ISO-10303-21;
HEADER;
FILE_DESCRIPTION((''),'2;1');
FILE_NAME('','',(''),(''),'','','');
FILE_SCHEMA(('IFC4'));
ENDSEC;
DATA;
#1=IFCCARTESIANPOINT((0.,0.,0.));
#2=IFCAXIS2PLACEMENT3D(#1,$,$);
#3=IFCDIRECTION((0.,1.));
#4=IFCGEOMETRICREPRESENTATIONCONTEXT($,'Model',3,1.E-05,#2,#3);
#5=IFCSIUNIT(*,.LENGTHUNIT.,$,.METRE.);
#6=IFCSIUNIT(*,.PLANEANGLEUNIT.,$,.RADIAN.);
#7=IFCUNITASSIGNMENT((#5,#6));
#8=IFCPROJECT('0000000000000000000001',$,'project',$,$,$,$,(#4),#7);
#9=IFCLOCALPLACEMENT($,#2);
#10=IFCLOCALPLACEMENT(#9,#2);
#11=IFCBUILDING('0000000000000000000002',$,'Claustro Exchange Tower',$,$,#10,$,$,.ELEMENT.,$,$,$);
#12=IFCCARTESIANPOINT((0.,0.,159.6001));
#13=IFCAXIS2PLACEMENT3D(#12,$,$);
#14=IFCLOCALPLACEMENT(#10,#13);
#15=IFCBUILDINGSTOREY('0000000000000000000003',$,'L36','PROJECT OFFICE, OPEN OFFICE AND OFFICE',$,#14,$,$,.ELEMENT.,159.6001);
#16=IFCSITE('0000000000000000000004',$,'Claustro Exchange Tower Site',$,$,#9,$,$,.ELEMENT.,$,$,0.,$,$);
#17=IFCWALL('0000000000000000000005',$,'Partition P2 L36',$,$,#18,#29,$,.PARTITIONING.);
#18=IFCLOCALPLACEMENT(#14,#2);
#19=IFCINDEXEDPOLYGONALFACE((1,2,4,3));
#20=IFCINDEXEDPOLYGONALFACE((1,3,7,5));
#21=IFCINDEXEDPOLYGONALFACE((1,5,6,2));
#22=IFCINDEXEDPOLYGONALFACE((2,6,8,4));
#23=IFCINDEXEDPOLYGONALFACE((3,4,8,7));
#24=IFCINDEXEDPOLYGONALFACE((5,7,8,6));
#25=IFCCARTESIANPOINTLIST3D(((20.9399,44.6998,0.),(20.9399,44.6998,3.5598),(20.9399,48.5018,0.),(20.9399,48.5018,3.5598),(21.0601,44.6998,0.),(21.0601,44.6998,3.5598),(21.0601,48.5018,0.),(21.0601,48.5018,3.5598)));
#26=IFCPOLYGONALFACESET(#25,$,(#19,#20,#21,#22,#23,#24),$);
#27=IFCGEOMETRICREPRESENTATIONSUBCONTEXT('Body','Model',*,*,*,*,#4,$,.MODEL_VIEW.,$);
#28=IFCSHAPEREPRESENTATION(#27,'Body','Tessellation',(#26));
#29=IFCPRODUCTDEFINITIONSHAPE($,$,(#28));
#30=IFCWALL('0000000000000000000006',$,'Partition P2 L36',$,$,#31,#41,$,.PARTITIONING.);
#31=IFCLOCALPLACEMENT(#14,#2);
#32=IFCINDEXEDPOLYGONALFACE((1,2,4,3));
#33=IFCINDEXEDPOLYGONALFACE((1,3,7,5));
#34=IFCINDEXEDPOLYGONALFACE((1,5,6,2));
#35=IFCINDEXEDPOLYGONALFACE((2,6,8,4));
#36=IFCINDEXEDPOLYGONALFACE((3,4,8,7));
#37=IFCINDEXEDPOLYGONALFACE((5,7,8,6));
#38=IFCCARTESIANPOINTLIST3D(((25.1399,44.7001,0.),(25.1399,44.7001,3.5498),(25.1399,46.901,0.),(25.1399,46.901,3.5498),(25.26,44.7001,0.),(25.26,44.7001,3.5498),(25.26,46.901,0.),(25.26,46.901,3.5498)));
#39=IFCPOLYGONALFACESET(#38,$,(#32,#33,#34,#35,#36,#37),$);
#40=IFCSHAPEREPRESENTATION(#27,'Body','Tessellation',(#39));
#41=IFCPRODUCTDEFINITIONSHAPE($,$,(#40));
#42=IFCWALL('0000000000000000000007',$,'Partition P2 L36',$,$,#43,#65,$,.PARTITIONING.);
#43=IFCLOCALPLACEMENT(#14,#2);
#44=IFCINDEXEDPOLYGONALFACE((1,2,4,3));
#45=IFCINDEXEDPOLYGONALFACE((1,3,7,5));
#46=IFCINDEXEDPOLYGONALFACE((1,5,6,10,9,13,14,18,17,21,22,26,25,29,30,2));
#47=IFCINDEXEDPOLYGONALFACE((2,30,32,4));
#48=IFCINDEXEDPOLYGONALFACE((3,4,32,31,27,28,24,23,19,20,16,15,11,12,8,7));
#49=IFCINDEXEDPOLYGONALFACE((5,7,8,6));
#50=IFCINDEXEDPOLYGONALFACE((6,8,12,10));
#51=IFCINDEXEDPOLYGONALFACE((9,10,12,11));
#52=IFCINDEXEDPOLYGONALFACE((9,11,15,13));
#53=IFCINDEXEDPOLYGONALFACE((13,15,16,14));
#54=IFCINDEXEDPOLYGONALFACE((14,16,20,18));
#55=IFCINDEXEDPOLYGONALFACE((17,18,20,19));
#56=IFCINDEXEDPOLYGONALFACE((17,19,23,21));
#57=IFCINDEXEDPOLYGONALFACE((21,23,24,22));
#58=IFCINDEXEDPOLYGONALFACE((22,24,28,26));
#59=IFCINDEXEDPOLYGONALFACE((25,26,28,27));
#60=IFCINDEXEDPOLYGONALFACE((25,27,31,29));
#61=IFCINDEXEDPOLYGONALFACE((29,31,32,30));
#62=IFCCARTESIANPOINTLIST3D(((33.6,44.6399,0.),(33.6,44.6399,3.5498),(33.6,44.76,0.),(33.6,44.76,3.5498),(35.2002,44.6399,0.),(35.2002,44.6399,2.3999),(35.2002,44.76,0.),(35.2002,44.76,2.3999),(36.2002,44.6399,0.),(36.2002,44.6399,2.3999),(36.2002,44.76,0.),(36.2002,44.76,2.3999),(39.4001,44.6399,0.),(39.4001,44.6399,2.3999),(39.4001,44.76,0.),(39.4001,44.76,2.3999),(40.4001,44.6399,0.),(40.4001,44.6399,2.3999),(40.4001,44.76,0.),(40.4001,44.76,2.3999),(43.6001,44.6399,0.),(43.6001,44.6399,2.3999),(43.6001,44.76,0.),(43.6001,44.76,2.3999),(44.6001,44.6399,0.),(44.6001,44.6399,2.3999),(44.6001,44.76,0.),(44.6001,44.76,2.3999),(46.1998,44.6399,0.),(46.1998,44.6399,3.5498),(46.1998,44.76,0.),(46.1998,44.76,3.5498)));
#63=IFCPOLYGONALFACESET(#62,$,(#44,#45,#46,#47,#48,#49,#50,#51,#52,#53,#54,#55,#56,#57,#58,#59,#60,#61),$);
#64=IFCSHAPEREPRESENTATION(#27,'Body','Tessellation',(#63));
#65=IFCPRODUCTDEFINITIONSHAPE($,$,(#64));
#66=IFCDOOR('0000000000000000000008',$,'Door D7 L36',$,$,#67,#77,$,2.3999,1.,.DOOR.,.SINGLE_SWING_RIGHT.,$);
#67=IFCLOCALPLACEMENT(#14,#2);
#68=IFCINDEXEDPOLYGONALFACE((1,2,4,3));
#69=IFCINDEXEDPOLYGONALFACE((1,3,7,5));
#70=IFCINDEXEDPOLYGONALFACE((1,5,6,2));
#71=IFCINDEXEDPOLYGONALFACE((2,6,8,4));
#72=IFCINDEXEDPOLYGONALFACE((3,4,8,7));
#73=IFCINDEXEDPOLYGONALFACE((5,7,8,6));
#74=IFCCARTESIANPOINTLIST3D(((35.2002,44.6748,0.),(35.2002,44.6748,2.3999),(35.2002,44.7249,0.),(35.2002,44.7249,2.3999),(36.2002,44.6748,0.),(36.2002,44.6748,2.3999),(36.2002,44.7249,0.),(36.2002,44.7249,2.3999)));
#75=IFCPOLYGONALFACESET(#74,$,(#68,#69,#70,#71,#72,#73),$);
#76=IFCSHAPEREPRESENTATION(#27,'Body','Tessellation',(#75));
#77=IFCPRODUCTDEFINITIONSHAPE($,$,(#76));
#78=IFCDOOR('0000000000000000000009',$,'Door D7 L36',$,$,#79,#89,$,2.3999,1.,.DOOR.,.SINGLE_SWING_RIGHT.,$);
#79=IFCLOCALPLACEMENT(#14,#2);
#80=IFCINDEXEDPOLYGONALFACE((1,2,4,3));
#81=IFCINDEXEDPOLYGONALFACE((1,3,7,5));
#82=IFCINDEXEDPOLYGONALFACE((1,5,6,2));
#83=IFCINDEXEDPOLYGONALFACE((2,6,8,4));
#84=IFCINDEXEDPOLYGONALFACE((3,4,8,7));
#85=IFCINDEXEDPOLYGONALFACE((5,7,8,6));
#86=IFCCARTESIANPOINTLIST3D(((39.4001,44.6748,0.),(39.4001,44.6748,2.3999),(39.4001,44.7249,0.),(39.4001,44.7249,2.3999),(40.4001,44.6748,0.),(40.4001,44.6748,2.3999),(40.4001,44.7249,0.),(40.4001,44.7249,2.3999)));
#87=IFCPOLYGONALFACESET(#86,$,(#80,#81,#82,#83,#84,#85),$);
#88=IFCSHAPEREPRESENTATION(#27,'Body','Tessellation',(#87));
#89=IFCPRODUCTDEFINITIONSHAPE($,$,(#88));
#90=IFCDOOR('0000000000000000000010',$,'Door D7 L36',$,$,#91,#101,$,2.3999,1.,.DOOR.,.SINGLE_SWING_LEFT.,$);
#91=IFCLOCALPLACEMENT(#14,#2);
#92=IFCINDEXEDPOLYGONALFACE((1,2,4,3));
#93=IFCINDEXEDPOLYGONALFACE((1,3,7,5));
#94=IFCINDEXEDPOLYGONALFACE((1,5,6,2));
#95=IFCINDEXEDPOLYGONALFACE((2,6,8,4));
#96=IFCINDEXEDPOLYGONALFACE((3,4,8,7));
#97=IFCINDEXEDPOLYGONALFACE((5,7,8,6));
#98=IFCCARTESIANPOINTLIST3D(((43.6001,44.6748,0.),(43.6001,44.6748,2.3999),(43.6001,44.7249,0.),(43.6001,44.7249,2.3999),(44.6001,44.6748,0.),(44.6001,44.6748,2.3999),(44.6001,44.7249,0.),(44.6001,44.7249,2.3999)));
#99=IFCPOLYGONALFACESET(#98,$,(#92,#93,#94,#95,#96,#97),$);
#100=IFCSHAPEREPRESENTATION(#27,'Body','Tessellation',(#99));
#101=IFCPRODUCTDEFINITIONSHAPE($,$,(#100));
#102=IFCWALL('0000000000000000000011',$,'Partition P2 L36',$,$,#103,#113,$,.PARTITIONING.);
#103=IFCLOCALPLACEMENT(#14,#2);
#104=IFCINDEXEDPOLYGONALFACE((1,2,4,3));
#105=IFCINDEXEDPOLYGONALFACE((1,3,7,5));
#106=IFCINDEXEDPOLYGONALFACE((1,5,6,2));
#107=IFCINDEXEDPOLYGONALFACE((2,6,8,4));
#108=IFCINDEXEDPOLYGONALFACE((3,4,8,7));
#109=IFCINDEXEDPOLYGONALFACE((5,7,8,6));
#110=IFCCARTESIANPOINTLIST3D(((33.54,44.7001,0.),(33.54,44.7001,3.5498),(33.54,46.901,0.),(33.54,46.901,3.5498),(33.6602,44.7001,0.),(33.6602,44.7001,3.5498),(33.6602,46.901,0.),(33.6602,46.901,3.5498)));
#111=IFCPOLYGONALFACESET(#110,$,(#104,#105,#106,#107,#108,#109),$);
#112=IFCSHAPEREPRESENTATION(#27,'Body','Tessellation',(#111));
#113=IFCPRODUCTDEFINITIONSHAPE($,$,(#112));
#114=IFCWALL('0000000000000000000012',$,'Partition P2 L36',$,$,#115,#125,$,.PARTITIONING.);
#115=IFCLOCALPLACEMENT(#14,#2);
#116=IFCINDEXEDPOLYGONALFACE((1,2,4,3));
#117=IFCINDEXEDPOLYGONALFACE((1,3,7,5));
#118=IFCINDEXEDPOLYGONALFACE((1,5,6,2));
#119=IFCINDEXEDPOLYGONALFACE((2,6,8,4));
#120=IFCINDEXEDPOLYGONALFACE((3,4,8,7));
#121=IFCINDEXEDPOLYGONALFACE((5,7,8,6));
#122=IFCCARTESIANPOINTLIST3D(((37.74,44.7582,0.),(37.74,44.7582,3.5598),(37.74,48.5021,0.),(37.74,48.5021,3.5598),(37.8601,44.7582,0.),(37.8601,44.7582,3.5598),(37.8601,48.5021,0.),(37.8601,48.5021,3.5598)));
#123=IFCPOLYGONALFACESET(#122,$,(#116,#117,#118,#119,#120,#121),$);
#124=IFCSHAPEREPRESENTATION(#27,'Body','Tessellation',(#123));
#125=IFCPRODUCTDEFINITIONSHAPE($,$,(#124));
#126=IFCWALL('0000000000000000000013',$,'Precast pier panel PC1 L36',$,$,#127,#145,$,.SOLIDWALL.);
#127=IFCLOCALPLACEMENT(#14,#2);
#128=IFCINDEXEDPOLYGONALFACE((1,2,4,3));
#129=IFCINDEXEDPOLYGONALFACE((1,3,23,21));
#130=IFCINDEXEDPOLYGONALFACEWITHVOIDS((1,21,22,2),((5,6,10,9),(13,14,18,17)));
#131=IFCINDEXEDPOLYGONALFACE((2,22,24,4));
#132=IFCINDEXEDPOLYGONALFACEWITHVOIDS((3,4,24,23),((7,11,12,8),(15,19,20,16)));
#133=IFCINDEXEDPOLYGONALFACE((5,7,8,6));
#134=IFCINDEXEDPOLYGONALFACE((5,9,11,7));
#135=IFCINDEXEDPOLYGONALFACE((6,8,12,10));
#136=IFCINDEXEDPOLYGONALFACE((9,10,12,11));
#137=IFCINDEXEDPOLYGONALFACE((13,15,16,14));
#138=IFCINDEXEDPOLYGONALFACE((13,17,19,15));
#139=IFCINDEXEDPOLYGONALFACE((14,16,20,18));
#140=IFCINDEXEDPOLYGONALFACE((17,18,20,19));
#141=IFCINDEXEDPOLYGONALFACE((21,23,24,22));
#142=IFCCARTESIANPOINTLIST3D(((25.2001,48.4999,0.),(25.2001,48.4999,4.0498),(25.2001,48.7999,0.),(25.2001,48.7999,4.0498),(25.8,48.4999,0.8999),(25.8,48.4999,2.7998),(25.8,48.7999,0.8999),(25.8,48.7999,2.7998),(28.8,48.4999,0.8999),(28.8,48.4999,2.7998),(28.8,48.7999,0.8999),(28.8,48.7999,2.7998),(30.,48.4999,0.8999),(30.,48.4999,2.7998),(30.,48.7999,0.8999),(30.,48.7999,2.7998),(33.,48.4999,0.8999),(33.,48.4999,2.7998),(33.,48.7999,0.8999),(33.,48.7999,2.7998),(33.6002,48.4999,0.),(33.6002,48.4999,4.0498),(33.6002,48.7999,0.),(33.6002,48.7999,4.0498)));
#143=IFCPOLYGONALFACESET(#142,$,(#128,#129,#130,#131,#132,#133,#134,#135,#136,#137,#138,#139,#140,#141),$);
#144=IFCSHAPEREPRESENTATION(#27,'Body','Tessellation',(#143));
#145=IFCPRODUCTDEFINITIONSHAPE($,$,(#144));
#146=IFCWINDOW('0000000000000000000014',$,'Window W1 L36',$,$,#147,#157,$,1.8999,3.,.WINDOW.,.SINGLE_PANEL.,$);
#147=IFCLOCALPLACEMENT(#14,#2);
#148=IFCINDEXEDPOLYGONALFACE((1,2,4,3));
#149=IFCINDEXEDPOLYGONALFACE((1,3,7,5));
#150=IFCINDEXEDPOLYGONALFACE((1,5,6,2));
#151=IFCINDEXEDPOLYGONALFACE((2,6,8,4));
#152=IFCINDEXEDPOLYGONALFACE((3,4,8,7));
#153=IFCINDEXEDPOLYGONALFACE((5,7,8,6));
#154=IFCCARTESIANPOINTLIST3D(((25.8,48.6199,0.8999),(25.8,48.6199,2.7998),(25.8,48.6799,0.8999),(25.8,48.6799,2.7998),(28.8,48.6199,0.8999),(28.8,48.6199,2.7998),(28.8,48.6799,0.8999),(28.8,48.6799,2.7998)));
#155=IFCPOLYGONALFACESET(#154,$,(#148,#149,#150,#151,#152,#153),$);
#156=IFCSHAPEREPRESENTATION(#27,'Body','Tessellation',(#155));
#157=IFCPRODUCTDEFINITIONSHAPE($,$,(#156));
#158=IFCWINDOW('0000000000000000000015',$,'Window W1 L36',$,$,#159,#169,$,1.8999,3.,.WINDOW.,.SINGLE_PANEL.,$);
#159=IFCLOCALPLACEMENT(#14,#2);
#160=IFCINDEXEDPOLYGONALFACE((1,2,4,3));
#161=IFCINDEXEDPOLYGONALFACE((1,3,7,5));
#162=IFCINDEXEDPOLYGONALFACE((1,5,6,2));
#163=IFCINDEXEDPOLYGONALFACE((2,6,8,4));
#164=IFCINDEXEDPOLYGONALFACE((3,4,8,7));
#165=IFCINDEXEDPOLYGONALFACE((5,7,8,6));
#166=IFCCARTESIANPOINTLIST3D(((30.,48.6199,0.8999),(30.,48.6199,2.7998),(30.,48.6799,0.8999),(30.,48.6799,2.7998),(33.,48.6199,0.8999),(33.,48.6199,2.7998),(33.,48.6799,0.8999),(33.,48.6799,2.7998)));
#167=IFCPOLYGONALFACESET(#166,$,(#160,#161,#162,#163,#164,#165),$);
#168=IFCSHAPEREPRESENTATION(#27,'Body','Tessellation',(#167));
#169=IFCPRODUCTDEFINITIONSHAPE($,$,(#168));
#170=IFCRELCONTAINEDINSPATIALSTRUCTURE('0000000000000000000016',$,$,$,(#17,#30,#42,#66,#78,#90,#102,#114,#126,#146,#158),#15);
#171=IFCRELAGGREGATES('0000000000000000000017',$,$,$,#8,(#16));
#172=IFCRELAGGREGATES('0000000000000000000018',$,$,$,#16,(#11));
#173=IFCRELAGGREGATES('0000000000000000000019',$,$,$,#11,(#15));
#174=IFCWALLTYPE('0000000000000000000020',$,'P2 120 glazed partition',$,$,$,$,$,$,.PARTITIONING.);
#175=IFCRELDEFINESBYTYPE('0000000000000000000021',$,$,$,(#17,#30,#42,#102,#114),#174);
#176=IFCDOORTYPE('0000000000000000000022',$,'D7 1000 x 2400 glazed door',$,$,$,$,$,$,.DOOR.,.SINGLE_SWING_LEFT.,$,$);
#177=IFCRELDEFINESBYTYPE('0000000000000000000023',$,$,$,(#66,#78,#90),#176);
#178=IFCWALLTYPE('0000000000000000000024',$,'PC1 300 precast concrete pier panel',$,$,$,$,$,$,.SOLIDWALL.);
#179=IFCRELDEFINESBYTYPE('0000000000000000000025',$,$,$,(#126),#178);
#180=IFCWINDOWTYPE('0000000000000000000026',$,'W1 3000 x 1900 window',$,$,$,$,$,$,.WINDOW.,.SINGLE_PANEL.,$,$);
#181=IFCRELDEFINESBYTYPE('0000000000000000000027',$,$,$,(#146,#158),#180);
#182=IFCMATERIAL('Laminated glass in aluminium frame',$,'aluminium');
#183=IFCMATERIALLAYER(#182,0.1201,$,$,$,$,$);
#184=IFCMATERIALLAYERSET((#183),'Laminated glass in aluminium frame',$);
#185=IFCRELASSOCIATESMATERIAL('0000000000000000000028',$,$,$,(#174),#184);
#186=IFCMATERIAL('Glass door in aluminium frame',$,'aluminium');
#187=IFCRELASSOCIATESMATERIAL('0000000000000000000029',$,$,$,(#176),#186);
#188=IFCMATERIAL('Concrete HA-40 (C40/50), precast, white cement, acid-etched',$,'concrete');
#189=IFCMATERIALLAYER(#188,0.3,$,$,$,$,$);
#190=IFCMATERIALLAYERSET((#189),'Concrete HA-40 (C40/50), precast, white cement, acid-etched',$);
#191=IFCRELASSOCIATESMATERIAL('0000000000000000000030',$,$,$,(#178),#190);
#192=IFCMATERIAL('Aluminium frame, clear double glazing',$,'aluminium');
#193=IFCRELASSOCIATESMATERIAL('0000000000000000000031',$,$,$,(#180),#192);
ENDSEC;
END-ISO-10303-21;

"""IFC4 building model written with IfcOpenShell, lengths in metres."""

from ifc_helpers import new_model, si_unit, direction, frame, frame_2d, origin, place, context, subcontext, project, spatial, rectangle, extrude, material, layer, layer_set, type_object, element, fill, save


model = new_model("IFC4")

# Units and contexts
model_context = context("Model", 3, precision=1e-05, world=origin(), true_north=direction((0.0, 1.0)))
body_context = subcontext(model_context, "Body", "Model", "MODEL_VIEW")
ifc_project = project(units=[si_unit("LENGTHUNIT", "METRE"), si_unit("PLANEANGLEUNIT", "RADIAN")], contexts=[model_context])

# Site, building, storey
site_placement = place(None, origin())
site = spatial("IfcSite", under=ifc_project, at=site_placement, Name="Claustro Exchange Tower Site", CompositionType="ELEMENT", RefElevation=0.0)
building_placement = place(site_placement, origin())
building = spatial("IfcBuilding", under=site, at=building_placement, Name="Claustro Exchange Tower", CompositionType="ELEMENT")
storey_placement = place(building_placement, frame((0.0, 0.0, 159.6001)))
storey = spatial("IfcBuildingStorey", under=building, at=storey_placement, Name="L36", Description="PROJECT OFFICE, OPEN OFFICE AND OFFICE", CompositionType="ELEMENT", Elevation=159.6001)

# Shared definitions
ifc_material_1 = material(Name="Laminated glass in aluminium frame", Category="aluminium")
ifc_layer_1 = layer(ifc_material_1, 0.1201)
ifc_layer_set_1 = layer_set([ifc_layer_1], Name="Laminated glass in aluminium frame")
wall_type_1 = type_object("IfcWallType", Name="P2 120 glazed partition", PredefinedType="PARTITIONING", material=ifc_layer_set_1)
ifc_material_2 = material(Name="Glass door in aluminium frame", Category="aluminium")
door_type = type_object("IfcDoorType", Name="D7 1000 x 2400 glazed door", OperationType="SINGLE_SWING_LEFT", PredefinedType="DOOR", material=ifc_material_2)

# Walls
wall_1_placement = place(storey_placement, frame((21.0, 44.7, 0.0), z_axis=(0.0, 0.0, 1.0), x_axis=(0.0, 1.0, 0.0)))
element("IfcWall", 1, at=wall_1_placement, inside=storey, type_object=wall_type_1, Name="Partition P2 L36", PredefinedType="PARTITIONING", context=body_context, shape_type="SweptSolid", body=[
    extrude(rectangle(XDim=3.802, YDim=0.1201, at=frame_2d((1.9009, 0.0))), origin(), (0.0, 0.0, 1.0), 3.5598),
])
wall_2_placement = place(storey_placement, frame((25.2, 44.7, 0.0), z_axis=(0.0, 0.0, 1.0), x_axis=(0.0, 1.0, 0.0)))
element("IfcWall", 2, at=wall_2_placement, inside=storey, type_object=wall_type_1, Name="Partition P2 L36", PredefinedType="PARTITIONING", context=body_context, shape_type="SweptSolid", body=[
    extrude(rectangle(XDim=2.2009, YDim=0.1201, at=frame_2d((1.1006, 0.0))), origin(), (0.0, 0.0, 1.0), 3.5498),
])

# Wall, openings, doors
wall_3_placement = place(storey_placement, frame((33.6001, 44.7, 0.0), z_axis=(0.0, 0.0, 1.0), x_axis=(1.0, 0.0, 0.0)))
wall_3 = element("IfcWall", 3, at=wall_3_placement, inside=storey, type_object=wall_type_1, Name="Partition P2 L36", PredefinedType="PARTITIONING", context=body_context, shape_type="SweptSolid", body=[
    extrude(rectangle(XDim=12.5999, YDim=0.1201, at=frame_2d((6.2998, 0.0))), origin(), (0.0, 0.0, 1.0), 3.5498),
])
opening_1_placement = place(wall_3_placement, frame((1.6001, 0.0, 0.0)))
opening_1 = element("IfcOpeningElement", 4, at=opening_1_placement, cuts=wall_3, PredefinedType="OPENING", context=body_context, shape_type="SweptSolid", body=[
    extrude(rectangle(XDim=1.0, YDim=2.3999, at=frame_2d((0.5, 1.2))), frame((0.0, 0.0701, 0.0), z_axis=(0.0, -1.0, 0.0), x_axis=(1.0, 0.0, 0.0)), (0.0, 0.0, 1.0), 0.1401),
])
opening_2_placement = place(wall_3_placement, frame((5.8, 0.0, 0.0)))
opening_2 = element("IfcOpeningElement", 5, at=opening_2_placement, cuts=wall_3, PredefinedType="OPENING", context=body_context, shape_type="SweptSolid", body=[
    extrude(rectangle(XDim=1.0, YDim=2.3999, at=frame_2d((0.5, 1.2))), frame((0.0, 0.0701, 0.0), z_axis=(0.0, -1.0, 0.0), x_axis=(1.0, 0.0, 0.0)), (0.0, 0.0, 1.0), 0.1401),
])
opening_3_placement = place(wall_3_placement, frame((10.0, 0.0, 0.0)))
opening_3 = element("IfcOpeningElement", 6, at=opening_3_placement, cuts=wall_3, PredefinedType="OPENING", context=body_context, shape_type="SweptSolid", body=[
    extrude(rectangle(XDim=1.0, YDim=2.3999, at=frame_2d((0.5, 1.2))), frame((0.0, 0.0701, 0.0), z_axis=(0.0, -1.0, 0.0), x_axis=(1.0, 0.0, 0.0)), (0.0, 0.0, 1.0), 0.1401),
])
door_1_placement = place(opening_1_placement, origin())
door_1 = element("IfcDoor", 7, at=door_1_placement, inside=storey, type_object=door_type, Name="Door D7 L36", OperationType="SINGLE_SWING_RIGHT", OverallHeight=2.3999, OverallWidth=1.0, PredefinedType="DOOR", context=body_context, shape_type="SweptSolid", body=[
    extrude(rectangle(XDim=1.0, YDim=2.3999, at=frame_2d((0.5, 1.2))), frame((0.0, 0.0249, 0.0), z_axis=(0.0, -1.0, 0.0), x_axis=(1.0, 0.0, 0.0)), (0.0, 0.0, 1.0), 0.05),
])
fill(opening_1, door_1)
door_2_placement = place(opening_2_placement, origin())
door_2 = element("IfcDoor", 8, at=door_2_placement, inside=storey, type_object=door_type, Name="Door D7 L36", OperationType="SINGLE_SWING_RIGHT", OverallHeight=2.3999, OverallWidth=1.0, PredefinedType="DOOR", context=body_context, shape_type="SweptSolid", body=[
    extrude(rectangle(XDim=1.0, YDim=2.3999, at=frame_2d((0.5, 1.2))), frame((0.0, 0.0249, 0.0), z_axis=(0.0, -1.0, 0.0), x_axis=(1.0, 0.0, 0.0)), (0.0, 0.0, 1.0), 0.05),
])
fill(opening_2, door_2)
door_3_placement = place(opening_3_placement, origin())
door_3 = element("IfcDoor", 9, at=door_3_placement, inside=storey, type_object=door_type, Name="Door D7 L36", OperationType="SINGLE_SWING_LEFT", OverallHeight=2.3999, OverallWidth=1.0, PredefinedType="DOOR", context=body_context, shape_type="SweptSolid", body=[
    extrude(rectangle(XDim=1.0, YDim=2.3999, at=frame_2d((0.5, 1.2))), frame((0.0, 0.0249, 0.0), z_axis=(0.0, -1.0, 0.0), x_axis=(1.0, 0.0, 0.0)), (0.0, 0.0, 1.0), 0.05),
])
fill(opening_3, door_3)

# Walls
wall_4_placement = place(storey_placement, frame((33.6001, 44.7, 0.0), z_axis=(0.0, 0.0, 1.0), x_axis=(0.0, 1.0, 0.0)))
element("IfcWall", 10, at=wall_4_placement, inside=storey, type_object=wall_type_1, Name="Partition P2 L36", PredefinedType="PARTITIONING", context=body_context, shape_type="SweptSolid", body=[
    extrude(rectangle(XDim=2.2009, YDim=0.1201, at=frame_2d((1.1006, 0.0))), origin(), (0.0, 0.0, 1.0), 3.5498),
])
wall_5_placement = place(storey_placement, frame((37.8, 44.7581, 0.0), z_axis=(0.0, 0.0, 1.0), x_axis=(0.0, 1.0, 0.0)))
element("IfcWall", 11, at=wall_5_placement, inside=storey, type_object=wall_type_1, Name="Partition P2 L36", PredefinedType="PARTITIONING", context=body_context, shape_type="SweptSolid", body=[
    extrude(rectangle(XDim=3.7439, YDim=0.1201, at=frame_2d((1.8721, 0.0))), origin(), (0.0, 0.0, 1.0), 3.5598),
])

# Wall, openings, windows
ifc_material_3 = material(Name="Concrete HA-40 (C40/50), precast, white cement, acid-etched", Category="concrete")
ifc_layer_2 = layer(ifc_material_3, 0.3)
ifc_layer_set_2 = layer_set([ifc_layer_2], Name="Concrete HA-40 (C40/50), precast, white cement, acid-etched")
wall_type_2 = type_object("IfcWallType", Name="PC1 300 precast concrete pier panel", PredefinedType="SOLIDWALL", material=ifc_layer_set_2)
wall_6_placement = place(storey_placement, frame((25.2, 48.6499, 0.0), z_axis=(0.0, 0.0, 1.0), x_axis=(1.0, 0.0, 0.0)))
wall_6 = element("IfcWall", 12, at=wall_6_placement, inside=storey, type_object=wall_type_2, Name="Precast pier panel PC1 L36", PredefinedType="SOLIDWALL", context=body_context, shape_type="SweptSolid", body=[
    extrude(rectangle(XDim=8.4001, YDim=0.3, at=frame_2d((4.2002, 0.0))), origin(), (0.0, 0.0, 1.0), 4.0498),
])
opening_4_placement = place(wall_6_placement, frame((0.6001, 0.0, 0.8999)))
opening_4 = element("IfcOpeningElement", 13, at=opening_4_placement, cuts=wall_6, PredefinedType="OPENING", context=body_context, shape_type="SweptSolid", body=[
    extrude(rectangle(XDim=3.0, YDim=1.8999, at=frame_2d((1.5, 0.95))), frame((0.0, 0.1599, 0.0), z_axis=(0.0, -1.0, 0.0), x_axis=(1.0, 0.0, 0.0)), (0.0, 0.0, 1.0), 0.3201),
])
opening_5_placement = place(wall_6_placement, frame((4.8, 0.0, 0.8999)))
opening_5 = element("IfcOpeningElement", 14, at=opening_5_placement, cuts=wall_6, PredefinedType="OPENING", context=body_context, shape_type="SweptSolid", body=[
    extrude(rectangle(XDim=3.0, YDim=1.8999, at=frame_2d((1.5, 0.95))), frame((0.0, 0.1599, 0.0), z_axis=(0.0, -1.0, 0.0), x_axis=(1.0, 0.0, 0.0)), (0.0, 0.0, 1.0), 0.3201),
])
ifc_material_4 = material(Name="Aluminium frame, clear double glazing", Category="aluminium")
window_type = type_object("IfcWindowType", Name="W1 3000 x 1900 window", PartitioningType="SINGLE_PANEL", PredefinedType="WINDOW", material=ifc_material_4)
window_1_placement = place(opening_4_placement, origin())
window_1 = element("IfcWindow", 15, at=window_1_placement, inside=storey, type_object=window_type, Name="Window W1 L36", OverallHeight=1.8999, OverallWidth=3.0, PartitioningType="SINGLE_PANEL", PredefinedType="WINDOW", context=body_context, shape_type="SweptSolid", body=[
    extrude(rectangle(XDim=3.0, YDim=1.8999, at=frame_2d((1.5, 0.95))), frame((0.0, 0.03, 0.0), z_axis=(0.0, -1.0, 0.0), x_axis=(1.0, 0.0, 0.0)), (0.0, 0.0, 1.0), 0.0601),
])
fill(opening_4, window_1)
window_2_placement = place(opening_5_placement, origin())
window_2 = element("IfcWindow", 16, at=window_2_placement, inside=storey, type_object=window_type, Name="Window W1 L36", OverallHeight=1.8999, OverallWidth=3.0, PartitioningType="SINGLE_PANEL", PredefinedType="WINDOW", context=body_context, shape_type="SweptSolid", body=[
    extrude(rectangle(XDim=3.0, YDim=1.8999, at=frame_2d((1.5, 0.95))), frame((0.0, 0.03, 0.0), z_axis=(0.0, -1.0, 0.0), x_axis=(1.0, 0.0, 0.0)), (0.0, 0.0, 1.0), 0.0601),
])
fill(opening_5, window_2)

save(model, "model.ifc")
